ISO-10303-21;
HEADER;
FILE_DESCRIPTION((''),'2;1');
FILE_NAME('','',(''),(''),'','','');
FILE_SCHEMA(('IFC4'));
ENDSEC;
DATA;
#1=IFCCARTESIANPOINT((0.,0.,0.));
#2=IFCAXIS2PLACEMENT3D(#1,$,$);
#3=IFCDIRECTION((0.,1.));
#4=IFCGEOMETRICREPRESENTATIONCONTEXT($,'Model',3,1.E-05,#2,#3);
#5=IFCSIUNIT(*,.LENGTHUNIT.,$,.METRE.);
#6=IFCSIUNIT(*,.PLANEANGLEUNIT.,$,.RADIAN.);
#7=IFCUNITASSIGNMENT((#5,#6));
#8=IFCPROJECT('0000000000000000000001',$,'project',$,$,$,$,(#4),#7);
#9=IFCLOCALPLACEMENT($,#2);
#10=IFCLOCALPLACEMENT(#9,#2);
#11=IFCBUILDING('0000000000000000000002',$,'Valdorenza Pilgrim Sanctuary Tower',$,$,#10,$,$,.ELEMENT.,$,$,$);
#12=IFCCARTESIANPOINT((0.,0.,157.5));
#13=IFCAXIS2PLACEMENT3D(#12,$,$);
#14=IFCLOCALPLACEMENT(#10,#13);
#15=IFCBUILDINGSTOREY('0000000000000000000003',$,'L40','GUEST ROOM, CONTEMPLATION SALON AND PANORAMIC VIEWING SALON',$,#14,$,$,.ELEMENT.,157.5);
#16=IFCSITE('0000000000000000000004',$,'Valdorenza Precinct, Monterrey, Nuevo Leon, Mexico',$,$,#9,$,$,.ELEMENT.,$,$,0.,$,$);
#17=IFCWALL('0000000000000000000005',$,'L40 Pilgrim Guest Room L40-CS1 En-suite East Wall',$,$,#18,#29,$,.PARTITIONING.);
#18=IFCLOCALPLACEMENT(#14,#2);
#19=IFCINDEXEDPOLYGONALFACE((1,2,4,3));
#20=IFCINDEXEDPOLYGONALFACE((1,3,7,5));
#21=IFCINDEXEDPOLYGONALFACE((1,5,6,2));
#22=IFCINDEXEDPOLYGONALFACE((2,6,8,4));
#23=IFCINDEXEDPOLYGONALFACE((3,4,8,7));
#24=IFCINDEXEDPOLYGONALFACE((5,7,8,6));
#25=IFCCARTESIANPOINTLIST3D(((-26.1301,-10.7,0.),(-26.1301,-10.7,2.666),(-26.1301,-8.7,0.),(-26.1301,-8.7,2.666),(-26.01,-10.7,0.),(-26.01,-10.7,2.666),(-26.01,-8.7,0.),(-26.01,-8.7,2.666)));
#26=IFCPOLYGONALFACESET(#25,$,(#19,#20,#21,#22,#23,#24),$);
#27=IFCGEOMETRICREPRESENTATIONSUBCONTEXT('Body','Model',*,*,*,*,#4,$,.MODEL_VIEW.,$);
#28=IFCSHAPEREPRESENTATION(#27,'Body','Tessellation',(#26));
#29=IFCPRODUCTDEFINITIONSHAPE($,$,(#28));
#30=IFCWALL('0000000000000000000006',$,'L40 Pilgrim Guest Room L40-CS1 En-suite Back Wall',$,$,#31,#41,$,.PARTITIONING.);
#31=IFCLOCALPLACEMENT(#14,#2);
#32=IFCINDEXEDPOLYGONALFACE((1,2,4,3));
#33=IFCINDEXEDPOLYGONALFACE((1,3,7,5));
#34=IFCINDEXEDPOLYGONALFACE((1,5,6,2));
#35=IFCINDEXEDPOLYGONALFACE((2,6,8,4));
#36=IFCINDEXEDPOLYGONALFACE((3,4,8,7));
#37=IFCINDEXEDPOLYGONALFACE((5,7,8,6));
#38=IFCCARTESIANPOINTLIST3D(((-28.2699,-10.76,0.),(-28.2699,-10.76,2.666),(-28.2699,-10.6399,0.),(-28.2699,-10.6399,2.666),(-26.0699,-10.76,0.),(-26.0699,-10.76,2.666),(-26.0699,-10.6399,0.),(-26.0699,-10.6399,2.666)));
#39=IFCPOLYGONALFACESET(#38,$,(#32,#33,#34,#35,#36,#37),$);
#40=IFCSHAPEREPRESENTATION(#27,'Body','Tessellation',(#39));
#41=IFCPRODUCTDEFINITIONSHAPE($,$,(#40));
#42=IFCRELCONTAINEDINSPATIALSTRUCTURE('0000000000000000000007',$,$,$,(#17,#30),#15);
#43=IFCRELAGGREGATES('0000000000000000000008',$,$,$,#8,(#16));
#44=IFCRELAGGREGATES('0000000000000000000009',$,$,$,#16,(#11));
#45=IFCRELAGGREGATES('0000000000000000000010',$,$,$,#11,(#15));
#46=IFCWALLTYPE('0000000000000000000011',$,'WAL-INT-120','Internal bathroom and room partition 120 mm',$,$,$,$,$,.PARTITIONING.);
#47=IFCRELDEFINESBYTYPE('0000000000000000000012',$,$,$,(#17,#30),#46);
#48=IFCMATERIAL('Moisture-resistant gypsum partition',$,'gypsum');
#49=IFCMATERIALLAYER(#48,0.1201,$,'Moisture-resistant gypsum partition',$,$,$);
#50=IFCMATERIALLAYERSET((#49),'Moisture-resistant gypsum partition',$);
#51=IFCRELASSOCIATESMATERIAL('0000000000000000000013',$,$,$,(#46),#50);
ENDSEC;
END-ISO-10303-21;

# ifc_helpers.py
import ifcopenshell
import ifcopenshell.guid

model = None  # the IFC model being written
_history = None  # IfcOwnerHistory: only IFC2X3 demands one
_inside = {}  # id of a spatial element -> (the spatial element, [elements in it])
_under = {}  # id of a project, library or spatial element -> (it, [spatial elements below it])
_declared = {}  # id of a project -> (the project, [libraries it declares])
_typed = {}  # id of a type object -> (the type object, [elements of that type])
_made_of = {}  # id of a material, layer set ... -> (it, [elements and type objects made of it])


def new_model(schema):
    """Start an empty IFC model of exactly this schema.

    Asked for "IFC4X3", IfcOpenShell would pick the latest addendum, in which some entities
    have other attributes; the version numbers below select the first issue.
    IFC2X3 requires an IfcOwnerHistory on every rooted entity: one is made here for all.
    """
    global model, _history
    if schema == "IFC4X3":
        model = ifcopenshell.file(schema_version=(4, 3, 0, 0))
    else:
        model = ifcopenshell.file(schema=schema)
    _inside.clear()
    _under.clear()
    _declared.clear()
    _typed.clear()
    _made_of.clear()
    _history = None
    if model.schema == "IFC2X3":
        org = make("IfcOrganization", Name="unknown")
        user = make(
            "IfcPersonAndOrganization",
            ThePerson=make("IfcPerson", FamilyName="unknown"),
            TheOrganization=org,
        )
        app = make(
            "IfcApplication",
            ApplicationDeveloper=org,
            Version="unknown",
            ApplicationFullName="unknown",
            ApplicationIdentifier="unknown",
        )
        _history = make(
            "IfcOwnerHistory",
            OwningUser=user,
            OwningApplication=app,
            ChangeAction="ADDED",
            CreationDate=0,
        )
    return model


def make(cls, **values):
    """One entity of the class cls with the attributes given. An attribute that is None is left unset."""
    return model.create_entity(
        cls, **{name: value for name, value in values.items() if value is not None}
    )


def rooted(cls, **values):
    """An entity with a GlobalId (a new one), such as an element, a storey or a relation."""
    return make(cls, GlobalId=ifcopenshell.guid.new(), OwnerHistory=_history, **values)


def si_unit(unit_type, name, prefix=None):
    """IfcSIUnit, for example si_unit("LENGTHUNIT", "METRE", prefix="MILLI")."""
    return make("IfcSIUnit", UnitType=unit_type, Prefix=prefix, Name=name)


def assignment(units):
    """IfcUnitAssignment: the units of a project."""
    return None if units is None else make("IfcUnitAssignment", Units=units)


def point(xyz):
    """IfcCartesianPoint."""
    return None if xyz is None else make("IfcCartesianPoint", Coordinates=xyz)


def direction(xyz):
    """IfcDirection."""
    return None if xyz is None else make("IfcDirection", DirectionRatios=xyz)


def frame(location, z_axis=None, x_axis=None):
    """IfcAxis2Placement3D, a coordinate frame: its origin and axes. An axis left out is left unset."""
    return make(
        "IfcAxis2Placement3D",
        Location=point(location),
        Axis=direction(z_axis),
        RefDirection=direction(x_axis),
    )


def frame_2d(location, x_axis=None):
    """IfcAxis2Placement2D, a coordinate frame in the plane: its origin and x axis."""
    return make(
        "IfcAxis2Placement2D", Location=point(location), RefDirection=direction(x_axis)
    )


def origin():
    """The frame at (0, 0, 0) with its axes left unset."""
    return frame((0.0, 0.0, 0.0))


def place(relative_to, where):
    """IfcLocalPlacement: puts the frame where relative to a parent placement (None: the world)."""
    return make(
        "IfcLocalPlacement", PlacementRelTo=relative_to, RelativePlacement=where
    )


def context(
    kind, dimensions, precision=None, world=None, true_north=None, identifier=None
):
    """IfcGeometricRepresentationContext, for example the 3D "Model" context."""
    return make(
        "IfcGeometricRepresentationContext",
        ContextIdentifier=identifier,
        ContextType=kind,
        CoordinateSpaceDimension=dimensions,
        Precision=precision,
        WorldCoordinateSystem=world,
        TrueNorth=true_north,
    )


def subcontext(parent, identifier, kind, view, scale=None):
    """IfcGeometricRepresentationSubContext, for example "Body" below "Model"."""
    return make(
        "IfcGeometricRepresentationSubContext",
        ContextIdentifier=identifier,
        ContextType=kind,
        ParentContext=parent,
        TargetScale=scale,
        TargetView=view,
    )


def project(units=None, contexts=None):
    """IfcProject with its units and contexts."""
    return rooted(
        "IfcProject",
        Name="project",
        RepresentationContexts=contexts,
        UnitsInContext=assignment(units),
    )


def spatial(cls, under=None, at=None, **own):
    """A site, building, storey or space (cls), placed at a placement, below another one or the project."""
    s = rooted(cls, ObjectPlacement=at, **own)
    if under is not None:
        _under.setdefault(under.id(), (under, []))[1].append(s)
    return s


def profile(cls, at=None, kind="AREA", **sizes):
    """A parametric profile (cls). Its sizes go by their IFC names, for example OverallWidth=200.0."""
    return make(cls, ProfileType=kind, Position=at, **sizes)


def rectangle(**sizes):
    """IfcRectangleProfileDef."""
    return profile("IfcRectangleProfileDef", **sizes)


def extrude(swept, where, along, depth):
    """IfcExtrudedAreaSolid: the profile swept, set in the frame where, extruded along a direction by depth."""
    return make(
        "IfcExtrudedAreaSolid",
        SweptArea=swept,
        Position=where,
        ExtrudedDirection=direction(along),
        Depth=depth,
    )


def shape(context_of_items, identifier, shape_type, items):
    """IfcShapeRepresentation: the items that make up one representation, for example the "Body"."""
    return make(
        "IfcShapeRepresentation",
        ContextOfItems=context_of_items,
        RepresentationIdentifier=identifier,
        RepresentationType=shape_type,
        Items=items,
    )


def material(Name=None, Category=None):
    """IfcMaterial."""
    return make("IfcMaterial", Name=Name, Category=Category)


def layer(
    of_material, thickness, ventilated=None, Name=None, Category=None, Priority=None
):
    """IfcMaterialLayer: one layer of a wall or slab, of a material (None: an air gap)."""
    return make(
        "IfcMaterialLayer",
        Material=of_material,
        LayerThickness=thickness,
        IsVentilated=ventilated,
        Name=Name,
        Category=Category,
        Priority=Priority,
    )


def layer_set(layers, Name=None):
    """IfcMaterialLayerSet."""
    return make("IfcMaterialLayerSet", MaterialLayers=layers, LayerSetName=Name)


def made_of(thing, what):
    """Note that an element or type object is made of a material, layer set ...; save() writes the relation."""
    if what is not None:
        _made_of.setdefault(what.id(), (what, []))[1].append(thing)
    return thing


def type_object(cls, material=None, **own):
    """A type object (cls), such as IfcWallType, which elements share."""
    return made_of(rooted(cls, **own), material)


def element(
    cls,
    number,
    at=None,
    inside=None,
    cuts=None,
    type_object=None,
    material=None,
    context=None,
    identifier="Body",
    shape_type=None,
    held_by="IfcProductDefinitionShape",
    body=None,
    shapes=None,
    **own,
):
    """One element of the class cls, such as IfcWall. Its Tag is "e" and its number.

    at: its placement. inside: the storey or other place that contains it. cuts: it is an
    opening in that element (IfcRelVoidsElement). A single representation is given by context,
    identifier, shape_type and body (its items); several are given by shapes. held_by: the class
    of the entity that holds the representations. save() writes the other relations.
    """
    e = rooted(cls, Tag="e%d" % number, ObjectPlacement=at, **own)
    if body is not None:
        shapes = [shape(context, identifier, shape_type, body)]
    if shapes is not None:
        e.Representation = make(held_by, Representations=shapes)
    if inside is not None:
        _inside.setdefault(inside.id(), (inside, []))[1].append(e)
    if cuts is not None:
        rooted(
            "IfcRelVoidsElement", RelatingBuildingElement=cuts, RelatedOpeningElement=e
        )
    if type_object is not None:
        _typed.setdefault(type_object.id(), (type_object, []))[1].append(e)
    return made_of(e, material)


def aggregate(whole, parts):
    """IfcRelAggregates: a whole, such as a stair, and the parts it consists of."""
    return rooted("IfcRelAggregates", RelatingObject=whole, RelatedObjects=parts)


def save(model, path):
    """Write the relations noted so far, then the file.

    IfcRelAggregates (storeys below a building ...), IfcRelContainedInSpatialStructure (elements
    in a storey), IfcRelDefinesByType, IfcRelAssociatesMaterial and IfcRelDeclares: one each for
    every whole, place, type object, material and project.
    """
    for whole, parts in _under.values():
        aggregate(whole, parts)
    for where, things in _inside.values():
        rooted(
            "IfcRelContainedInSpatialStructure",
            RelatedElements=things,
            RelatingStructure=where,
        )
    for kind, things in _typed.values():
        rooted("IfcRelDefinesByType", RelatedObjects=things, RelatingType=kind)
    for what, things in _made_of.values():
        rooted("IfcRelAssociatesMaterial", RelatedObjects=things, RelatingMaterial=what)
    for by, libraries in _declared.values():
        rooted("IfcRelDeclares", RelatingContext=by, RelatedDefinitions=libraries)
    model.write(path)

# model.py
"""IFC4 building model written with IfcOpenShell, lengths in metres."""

from ifc_helpers import new_model, si_unit, direction, frame, frame_2d, origin, place, context, subcontext, project, spatial, rectangle, extrude, material, layer, layer_set, type_object, element, save


model = new_model("IFC4")

# Units and contexts
model_context = context("Model", 3, precision=1e-05, world=origin(), true_north=direction((0.0, 1.0)))
body_context = subcontext(model_context, "Body", "Model", "MODEL_VIEW")
ifc_project = project(units=[si_unit("LENGTHUNIT", "METRE"), si_unit("PLANEANGLEUNIT", "RADIAN")], contexts=[model_context])

# Site, building, storey
site_placement = place(None, origin())
site = spatial("IfcSite", under=ifc_project, at=site_placement, Name="Valdorenza Precinct, Monterrey, Nuevo Leon, Mexico", CompositionType="ELEMENT", RefElevation=0.0)
building_placement = place(site_placement, origin())
building = spatial("IfcBuilding", under=site, at=building_placement, Name="Valdorenza Pilgrim Sanctuary Tower", CompositionType="ELEMENT")
storey_placement = place(building_placement, frame((0.0, 0.0, 157.5)))
storey = spatial("IfcBuildingStorey", under=building, at=storey_placement, Name="L40", Description="GUEST ROOM, CONTEMPLATION SALON AND PANORAMIC VIEWING SALON", CompositionType="ELEMENT", Elevation=157.5)

# Walls
ifc_material_1 = material(Name="Moisture-resistant gypsum partition", Category="gypsum")
ifc_layer_1 = layer(ifc_material_1, 0.1201, Name="Moisture-resistant gypsum partition")
ifc_layer_set_1 = layer_set([ifc_layer_1], Name="Moisture-resistant gypsum partition")
wall_type_1 = type_object("IfcWallType", Name="WAL-INT-120", Description="Internal bathroom and room partition 120 mm", PredefinedType="PARTITIONING", material=ifc_layer_set_1)
for number, where, z_axis, x_axis, name in (
    (1, (-26.0701, -10.7, 0.0), (0.0, 0.0, 1.0), (0.0, 1.0, 0.0), "L40 Pilgrim Guest Room L40-CS1 En-suite East Wall"),
):
    element("IfcWall", number, at=place(storey_placement, frame(where, z_axis=z_axis, x_axis=x_axis)), inside=storey, type_object=wall_type_1, Name=name, PredefinedType="PARTITIONING", context=body_context, shape_type="SweptSolid", body=[
        extrude(rectangle(XDim=2.0, YDim=0.1201, at=frame_2d((1.0, 0.0))), origin(), (0.0, 0.0, 1.0), 2.666),
    ])
wall_1_placement = place(storey_placement, frame((-28.27, -10.7, 0.0), z_axis=(0.0, 0.0, 1.0), x_axis=(1.0, 0.0, 0.0)))
element("IfcWall", 2, at=wall_1_placement, inside=storey, type_object=wall_type_1, Name="L40 Pilgrim Guest Room L40-CS1 En-suite Back Wall", PredefinedType="PARTITIONING", context=body_context, shape_type="SweptSolid", body=[
    extrude(rectangle(XDim=2.2, YDim=0.1201, at=frame_2d((1.1001, 0.0))), origin(), (0.0, 0.0, 1.0), 2.666),
])

save(model, "model.ifc")
